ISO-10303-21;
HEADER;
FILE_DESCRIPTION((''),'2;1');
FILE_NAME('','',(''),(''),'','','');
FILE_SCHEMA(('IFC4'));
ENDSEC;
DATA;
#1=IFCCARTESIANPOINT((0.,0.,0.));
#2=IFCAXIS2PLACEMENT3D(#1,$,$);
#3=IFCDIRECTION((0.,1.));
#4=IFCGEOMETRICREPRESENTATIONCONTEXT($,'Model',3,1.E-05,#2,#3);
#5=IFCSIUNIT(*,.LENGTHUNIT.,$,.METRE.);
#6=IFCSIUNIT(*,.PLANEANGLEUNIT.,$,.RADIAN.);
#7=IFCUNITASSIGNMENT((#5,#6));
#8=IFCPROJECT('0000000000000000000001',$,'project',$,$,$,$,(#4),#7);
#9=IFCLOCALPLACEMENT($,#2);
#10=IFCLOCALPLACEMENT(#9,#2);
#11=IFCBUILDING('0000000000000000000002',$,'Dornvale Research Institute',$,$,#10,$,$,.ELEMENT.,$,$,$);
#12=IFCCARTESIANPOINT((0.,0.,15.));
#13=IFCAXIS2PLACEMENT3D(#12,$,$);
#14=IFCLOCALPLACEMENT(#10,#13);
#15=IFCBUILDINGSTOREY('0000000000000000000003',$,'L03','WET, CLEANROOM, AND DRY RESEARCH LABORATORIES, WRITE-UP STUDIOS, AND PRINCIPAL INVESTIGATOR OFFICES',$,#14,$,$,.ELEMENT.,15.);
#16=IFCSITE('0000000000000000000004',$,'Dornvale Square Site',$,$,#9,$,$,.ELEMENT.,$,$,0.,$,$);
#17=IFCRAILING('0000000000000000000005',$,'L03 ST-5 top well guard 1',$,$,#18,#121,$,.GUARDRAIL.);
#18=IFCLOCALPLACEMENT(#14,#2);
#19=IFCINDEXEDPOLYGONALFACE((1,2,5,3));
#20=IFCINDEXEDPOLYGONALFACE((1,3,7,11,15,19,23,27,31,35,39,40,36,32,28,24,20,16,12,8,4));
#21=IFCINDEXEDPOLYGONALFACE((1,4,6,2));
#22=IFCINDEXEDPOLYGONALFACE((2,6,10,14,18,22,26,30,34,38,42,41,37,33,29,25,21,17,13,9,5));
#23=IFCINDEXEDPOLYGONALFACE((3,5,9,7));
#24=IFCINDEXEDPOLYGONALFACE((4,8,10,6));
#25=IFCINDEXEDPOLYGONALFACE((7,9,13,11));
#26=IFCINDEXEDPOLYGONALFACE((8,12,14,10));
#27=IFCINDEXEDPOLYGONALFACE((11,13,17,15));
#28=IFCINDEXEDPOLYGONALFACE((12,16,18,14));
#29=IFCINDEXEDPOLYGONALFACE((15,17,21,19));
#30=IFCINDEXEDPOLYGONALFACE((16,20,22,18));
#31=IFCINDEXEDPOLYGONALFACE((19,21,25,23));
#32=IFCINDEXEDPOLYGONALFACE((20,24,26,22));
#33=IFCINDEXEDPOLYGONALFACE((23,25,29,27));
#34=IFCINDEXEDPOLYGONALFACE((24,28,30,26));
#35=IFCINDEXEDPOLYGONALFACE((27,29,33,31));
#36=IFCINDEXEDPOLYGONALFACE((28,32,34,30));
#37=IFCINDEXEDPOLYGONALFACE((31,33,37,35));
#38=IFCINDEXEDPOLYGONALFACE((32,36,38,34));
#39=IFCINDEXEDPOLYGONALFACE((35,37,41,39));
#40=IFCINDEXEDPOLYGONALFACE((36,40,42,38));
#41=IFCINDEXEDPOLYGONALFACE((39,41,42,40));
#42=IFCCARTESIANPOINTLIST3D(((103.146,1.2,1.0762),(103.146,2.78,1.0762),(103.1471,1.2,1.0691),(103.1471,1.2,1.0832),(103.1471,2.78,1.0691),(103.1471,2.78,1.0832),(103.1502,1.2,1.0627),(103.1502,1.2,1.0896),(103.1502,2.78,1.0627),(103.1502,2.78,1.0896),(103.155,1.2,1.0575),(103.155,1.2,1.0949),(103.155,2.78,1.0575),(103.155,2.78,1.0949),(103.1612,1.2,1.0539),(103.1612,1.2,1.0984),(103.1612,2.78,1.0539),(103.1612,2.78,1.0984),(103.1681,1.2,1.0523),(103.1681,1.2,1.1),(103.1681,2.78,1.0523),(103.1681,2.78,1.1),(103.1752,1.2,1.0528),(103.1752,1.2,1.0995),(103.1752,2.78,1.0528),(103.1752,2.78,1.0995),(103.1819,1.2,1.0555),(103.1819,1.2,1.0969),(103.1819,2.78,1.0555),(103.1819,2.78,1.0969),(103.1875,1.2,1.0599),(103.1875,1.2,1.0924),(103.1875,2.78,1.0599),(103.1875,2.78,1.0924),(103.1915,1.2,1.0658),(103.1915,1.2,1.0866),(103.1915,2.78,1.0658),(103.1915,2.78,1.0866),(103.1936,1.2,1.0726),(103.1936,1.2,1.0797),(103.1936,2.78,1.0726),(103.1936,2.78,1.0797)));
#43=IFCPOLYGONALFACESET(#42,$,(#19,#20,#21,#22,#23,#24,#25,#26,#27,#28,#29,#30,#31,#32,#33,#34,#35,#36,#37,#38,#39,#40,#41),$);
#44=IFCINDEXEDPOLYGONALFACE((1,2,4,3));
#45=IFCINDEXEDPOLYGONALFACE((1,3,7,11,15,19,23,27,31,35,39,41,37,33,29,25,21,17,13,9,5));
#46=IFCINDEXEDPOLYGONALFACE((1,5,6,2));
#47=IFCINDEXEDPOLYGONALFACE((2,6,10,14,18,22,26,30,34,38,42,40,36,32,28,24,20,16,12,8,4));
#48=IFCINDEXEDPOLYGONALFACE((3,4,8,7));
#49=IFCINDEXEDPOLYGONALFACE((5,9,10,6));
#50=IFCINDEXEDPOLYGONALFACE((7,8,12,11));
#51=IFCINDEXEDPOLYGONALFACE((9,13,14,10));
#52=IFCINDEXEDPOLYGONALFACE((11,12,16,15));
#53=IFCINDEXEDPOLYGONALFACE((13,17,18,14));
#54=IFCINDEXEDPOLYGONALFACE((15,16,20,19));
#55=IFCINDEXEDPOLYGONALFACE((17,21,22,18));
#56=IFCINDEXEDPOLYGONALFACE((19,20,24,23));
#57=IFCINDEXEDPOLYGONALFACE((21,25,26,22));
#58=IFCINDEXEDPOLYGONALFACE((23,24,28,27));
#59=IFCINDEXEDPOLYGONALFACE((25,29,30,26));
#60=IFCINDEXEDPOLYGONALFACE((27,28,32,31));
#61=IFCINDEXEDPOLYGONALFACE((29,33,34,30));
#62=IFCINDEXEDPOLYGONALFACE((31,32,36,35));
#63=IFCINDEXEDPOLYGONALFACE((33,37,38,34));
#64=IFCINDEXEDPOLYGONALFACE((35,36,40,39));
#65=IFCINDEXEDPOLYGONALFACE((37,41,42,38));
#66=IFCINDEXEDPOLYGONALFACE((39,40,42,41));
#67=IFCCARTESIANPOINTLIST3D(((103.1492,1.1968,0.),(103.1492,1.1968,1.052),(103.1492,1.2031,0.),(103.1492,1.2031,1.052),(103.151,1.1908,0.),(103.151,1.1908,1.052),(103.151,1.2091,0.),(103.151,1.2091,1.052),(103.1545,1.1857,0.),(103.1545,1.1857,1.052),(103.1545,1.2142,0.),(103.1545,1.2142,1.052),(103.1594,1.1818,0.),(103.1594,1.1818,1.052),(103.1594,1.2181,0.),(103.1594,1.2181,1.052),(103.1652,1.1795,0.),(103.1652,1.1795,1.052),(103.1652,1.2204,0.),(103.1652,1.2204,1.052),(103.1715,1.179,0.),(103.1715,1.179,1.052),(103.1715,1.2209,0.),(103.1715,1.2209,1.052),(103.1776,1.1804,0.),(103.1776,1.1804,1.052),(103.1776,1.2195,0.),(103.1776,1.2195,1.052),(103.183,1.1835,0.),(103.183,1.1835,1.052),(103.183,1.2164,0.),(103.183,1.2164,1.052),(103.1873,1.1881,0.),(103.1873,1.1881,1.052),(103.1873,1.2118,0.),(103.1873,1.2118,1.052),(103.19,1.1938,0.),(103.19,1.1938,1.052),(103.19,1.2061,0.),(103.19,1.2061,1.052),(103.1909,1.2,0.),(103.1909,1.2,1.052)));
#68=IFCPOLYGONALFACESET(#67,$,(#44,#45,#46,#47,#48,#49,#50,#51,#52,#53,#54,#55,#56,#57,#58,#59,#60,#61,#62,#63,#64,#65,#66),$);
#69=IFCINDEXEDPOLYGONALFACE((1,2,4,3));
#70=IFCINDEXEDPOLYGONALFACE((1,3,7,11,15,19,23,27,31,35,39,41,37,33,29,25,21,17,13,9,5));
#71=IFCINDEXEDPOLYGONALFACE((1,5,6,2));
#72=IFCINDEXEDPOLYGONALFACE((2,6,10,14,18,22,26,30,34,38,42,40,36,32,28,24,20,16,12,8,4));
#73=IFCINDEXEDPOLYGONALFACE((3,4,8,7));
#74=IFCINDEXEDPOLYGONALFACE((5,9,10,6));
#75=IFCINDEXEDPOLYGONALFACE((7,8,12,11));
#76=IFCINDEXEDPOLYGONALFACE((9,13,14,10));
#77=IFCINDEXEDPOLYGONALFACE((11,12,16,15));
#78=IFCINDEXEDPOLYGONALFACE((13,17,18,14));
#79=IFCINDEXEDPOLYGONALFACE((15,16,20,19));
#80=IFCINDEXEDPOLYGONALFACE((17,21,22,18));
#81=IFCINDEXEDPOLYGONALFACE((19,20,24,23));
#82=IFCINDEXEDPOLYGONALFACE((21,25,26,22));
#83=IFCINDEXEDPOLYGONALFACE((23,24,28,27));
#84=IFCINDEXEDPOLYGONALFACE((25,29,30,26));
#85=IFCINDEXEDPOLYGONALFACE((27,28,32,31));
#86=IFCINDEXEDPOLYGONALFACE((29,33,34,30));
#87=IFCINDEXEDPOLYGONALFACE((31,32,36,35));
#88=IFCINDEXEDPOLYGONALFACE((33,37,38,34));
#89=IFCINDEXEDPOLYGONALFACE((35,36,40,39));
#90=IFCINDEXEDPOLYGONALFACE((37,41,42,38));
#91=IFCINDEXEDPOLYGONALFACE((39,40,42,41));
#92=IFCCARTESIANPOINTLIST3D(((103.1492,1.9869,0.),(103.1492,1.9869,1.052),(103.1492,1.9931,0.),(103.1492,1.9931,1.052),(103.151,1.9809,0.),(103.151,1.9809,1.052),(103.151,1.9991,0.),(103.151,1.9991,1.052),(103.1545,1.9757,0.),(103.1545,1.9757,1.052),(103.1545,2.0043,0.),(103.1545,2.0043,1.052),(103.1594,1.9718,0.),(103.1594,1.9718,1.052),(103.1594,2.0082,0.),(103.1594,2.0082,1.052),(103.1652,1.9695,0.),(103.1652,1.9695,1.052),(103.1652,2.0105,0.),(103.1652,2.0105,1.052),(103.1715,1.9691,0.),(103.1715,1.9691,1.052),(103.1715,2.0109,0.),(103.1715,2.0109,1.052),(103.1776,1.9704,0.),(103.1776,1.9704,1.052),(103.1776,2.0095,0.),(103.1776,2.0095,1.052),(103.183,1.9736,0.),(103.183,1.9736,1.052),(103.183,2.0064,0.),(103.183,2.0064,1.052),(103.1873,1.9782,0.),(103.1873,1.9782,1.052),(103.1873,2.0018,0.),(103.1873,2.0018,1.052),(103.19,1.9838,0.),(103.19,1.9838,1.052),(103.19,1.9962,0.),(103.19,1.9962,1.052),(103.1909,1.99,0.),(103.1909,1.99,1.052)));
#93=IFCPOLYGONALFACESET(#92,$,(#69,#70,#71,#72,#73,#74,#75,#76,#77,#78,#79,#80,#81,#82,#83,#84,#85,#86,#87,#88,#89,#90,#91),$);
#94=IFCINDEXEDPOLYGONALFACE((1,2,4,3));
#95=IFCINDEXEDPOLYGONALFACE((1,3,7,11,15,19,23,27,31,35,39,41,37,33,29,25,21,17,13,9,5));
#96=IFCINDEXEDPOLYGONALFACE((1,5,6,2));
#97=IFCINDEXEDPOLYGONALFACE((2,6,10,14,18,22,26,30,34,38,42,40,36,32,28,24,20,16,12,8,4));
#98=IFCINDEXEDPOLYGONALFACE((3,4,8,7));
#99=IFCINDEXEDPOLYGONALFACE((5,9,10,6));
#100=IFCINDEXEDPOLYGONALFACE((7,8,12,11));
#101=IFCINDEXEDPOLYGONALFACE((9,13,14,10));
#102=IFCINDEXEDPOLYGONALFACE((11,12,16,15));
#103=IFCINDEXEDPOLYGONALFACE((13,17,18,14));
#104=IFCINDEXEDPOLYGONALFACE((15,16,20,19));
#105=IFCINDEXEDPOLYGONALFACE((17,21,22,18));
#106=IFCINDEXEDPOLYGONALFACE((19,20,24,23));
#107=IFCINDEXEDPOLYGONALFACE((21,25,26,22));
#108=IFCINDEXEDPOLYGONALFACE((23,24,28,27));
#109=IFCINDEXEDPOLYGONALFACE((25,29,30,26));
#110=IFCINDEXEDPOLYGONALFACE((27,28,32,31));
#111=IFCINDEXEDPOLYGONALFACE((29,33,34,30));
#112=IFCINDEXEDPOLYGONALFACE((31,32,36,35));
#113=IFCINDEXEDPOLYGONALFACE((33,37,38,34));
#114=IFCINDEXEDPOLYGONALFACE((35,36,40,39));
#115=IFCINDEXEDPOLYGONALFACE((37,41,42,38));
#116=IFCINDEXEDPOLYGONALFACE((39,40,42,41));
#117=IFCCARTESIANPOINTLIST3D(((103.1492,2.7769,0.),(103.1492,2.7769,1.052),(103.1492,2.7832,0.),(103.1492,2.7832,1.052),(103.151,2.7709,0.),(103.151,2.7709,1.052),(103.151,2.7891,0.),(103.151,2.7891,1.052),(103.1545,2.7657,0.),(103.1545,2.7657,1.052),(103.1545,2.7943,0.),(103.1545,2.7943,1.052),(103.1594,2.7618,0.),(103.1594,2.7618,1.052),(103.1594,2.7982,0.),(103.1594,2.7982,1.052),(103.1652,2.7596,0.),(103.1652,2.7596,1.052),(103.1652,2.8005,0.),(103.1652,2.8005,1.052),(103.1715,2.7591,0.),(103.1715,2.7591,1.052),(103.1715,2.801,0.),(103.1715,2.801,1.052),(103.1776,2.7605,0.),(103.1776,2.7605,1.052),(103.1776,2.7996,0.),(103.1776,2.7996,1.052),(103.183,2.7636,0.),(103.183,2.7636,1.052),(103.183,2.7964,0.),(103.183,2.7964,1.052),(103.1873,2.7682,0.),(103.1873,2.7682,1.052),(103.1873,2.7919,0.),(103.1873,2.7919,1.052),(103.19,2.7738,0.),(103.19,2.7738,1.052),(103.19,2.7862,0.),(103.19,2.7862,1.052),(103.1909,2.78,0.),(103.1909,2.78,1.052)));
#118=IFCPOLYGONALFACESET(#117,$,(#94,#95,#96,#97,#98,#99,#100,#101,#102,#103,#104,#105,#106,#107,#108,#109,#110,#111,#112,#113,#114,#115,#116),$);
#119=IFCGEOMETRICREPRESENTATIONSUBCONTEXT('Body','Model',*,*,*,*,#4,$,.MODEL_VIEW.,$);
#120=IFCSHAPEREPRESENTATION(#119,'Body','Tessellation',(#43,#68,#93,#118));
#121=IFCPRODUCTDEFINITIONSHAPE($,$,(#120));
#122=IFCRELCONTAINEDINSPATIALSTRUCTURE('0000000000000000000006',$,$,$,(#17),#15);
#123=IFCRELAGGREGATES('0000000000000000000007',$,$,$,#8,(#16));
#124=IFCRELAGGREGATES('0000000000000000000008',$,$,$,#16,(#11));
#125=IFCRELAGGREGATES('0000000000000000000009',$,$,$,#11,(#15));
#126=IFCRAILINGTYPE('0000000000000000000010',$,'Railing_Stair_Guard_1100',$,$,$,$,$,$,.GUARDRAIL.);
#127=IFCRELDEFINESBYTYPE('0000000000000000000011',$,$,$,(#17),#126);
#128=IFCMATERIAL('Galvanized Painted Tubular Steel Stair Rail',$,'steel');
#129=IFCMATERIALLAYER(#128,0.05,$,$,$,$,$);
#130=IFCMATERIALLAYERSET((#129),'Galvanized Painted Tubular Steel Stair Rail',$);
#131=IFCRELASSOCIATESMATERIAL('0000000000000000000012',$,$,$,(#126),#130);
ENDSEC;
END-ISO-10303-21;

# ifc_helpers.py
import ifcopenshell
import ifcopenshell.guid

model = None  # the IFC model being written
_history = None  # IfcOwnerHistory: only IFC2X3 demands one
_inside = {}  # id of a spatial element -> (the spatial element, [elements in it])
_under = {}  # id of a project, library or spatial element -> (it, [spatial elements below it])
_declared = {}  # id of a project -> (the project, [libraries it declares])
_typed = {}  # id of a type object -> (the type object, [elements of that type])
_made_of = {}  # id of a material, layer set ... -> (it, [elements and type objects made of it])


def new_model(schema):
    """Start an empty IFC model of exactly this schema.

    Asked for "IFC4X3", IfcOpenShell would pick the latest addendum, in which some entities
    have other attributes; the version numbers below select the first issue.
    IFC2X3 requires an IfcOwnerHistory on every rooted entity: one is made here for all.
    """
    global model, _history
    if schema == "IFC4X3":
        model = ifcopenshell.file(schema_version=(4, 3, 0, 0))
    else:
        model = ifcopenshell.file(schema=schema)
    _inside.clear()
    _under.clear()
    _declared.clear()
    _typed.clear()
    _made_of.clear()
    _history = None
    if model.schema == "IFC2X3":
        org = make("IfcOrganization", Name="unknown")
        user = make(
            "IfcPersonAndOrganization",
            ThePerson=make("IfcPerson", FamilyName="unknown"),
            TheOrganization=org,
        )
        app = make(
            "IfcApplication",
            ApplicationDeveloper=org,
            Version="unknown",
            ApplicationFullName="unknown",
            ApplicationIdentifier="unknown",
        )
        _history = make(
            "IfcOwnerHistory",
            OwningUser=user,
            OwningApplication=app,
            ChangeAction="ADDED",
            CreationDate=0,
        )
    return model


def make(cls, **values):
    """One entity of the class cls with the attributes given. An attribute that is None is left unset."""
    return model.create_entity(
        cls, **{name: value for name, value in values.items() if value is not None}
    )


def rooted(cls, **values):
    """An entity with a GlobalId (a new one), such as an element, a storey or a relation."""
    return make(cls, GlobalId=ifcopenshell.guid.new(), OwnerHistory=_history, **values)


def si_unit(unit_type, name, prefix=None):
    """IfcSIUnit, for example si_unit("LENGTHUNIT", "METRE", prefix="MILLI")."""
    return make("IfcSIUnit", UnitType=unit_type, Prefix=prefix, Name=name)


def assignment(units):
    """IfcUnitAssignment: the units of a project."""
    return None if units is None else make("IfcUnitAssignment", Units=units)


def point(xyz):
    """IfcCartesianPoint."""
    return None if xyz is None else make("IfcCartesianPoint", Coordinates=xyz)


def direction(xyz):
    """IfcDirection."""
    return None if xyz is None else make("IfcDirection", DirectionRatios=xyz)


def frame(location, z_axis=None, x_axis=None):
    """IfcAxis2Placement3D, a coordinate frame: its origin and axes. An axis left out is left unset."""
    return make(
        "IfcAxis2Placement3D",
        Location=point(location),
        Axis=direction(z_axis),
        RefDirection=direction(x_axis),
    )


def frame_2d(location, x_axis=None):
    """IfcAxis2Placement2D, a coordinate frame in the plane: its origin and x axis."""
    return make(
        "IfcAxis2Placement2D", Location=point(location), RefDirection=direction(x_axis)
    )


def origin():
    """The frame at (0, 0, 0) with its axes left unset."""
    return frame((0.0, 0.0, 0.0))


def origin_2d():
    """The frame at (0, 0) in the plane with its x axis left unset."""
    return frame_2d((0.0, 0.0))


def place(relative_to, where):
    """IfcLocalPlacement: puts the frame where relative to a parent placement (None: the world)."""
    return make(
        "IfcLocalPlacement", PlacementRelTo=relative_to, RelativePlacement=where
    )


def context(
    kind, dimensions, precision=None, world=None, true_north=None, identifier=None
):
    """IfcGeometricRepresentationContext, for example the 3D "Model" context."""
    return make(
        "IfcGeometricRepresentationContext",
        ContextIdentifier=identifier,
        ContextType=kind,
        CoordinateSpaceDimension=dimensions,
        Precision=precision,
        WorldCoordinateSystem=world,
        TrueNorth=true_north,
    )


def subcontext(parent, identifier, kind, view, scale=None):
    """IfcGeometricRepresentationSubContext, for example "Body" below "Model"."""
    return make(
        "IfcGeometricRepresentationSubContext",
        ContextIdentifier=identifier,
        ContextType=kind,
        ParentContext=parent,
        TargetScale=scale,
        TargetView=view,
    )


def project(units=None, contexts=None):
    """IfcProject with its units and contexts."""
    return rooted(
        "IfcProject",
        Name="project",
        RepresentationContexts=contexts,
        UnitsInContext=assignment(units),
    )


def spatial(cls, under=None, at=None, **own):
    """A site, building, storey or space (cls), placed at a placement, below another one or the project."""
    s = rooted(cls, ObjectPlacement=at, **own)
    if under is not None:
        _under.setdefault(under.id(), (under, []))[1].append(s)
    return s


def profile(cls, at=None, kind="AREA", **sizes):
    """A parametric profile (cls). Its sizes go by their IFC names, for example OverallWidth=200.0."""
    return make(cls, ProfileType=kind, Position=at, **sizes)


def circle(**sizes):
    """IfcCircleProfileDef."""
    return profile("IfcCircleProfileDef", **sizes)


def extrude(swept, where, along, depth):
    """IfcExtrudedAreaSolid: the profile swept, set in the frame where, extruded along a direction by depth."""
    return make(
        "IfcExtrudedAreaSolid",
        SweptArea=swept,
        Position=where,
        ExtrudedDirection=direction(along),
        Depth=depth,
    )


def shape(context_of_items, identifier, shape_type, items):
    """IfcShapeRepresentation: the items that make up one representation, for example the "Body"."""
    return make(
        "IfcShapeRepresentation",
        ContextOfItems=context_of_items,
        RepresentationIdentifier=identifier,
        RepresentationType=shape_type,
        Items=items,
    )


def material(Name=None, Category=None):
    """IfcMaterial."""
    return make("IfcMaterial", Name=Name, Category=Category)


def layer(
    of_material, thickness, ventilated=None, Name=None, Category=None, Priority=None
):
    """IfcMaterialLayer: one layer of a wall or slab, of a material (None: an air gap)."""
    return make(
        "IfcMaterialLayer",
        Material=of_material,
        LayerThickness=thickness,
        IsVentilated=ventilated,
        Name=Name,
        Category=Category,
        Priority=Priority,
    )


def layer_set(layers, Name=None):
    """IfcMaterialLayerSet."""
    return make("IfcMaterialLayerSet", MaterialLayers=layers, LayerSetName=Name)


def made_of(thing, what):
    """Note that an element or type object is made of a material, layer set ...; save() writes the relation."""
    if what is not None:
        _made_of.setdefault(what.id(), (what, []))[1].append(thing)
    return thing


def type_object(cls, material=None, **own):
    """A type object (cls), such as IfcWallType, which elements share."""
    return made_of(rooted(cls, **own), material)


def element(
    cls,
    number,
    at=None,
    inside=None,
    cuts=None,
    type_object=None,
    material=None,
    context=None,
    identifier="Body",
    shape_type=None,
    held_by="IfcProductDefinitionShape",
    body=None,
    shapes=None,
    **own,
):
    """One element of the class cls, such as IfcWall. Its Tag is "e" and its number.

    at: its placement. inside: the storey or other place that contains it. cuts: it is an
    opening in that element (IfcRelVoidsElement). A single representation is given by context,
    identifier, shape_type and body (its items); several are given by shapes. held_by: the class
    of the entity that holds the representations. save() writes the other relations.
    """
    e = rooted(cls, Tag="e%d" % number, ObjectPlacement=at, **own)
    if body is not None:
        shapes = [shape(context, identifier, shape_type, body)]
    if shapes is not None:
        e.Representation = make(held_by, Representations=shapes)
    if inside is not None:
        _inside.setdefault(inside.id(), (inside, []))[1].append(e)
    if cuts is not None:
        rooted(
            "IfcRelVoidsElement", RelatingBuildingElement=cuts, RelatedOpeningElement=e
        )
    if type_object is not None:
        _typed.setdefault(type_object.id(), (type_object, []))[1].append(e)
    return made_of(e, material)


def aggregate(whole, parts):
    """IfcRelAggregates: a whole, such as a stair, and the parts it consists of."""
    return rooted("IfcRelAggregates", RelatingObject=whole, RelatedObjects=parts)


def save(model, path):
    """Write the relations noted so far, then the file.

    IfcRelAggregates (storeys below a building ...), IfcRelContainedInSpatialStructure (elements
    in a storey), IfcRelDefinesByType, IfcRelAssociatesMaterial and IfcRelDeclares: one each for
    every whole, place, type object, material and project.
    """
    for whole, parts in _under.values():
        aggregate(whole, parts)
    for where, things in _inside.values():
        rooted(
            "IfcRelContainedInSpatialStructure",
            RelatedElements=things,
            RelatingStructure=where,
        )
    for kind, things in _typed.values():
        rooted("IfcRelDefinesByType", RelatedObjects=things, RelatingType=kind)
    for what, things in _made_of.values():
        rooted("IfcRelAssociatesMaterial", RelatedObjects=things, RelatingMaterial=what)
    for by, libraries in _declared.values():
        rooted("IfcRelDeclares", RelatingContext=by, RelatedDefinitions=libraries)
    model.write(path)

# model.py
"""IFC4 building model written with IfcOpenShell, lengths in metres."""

from ifc_helpers import new_model, si_unit, direction, frame, origin, origin_2d, place, context, subcontext, project, spatial, circle, extrude, material, layer, layer_set, type_object, element, save


model = new_model("IFC4")

# Units and contexts
model_context = context("Model", 3, precision=1e-05, world=origin(), true_north=direction((0.0, 1.0)))
body_context = subcontext(model_context, "Body", "Model", "MODEL_VIEW")
ifc_project = project(units=[si_unit("LENGTHUNIT", "METRE"), si_unit("PLANEANGLEUNIT", "RADIAN")], contexts=[model_context])

# Site, building, storey
site_placement = place(None, origin())
site = spatial("IfcSite", under=ifc_project, at=site_placement, Name="Dornvale Square Site", CompositionType="ELEMENT", RefElevation=0.0)
building_placement = place(site_placement, origin())
building = spatial("IfcBuilding", under=site, at=building_placement, Name="Dornvale Research Institute", CompositionType="ELEMENT")
storey_placement = place(building_placement, frame((0.0, 0.0, 15.0)))
storey = spatial("IfcBuildingStorey", under=building, at=storey_placement, Name="L03", Description="WET, CLEANROOM, AND DRY RESEARCH LABORATORIES, WRITE-UP STUDIOS, AND PRINCIPAL INVESTIGATOR OFFICES", CompositionType="ELEMENT", Elevation=15.0)

# Railing
ifc_material_1 = material(Name="Galvanized Painted Tubular Steel Stair Rail", Category="steel")
ifc_layer_1 = layer(ifc_material_1, 0.05)
ifc_layer_set_1 = layer_set([ifc_layer_1], Name="Galvanized Painted Tubular Steel Stair Rail")
railing_type = type_object("IfcRailingType", Name="Railing_Stair_Guard_1100", PredefinedType="GUARDRAIL", material=ifc_layer_set_1)
railing_placement = place(storey_placement, frame((103.1699, 1.2, 0.0)))
element("IfcRailing", 1, at=railing_placement, inside=storey, type_object=railing_type, Name="L03 ST-5 top well guard 1", PredefinedType="GUARDRAIL", context=body_context, shape_type="SweptSolid", body=[
    extrude(circle(Radius=0.0239, at=origin_2d()), frame((0.0, 0.0, 1.0762), z_axis=(0.0, 1.0, 0.0), x_axis=(-1.0, 0.0, 0.0)), (0.0, 0.0, 1.0), 1.5801),
    extrude(circle(Radius=0.021, at=origin_2d()), origin(), (0.0, 0.0, 1.0), 1.052),
    extrude(circle(Radius=0.021, at=origin_2d()), frame((0.0, 0.79, 0.0)), (0.0, 0.0, 1.0), 1.052),
    extrude(circle(Radius=0.021, at=origin_2d()), frame((0.0, 1.5801, 0.0)), (0.0, 0.0, 1.0), 1.052),
])

save(model, "model.ifc")
